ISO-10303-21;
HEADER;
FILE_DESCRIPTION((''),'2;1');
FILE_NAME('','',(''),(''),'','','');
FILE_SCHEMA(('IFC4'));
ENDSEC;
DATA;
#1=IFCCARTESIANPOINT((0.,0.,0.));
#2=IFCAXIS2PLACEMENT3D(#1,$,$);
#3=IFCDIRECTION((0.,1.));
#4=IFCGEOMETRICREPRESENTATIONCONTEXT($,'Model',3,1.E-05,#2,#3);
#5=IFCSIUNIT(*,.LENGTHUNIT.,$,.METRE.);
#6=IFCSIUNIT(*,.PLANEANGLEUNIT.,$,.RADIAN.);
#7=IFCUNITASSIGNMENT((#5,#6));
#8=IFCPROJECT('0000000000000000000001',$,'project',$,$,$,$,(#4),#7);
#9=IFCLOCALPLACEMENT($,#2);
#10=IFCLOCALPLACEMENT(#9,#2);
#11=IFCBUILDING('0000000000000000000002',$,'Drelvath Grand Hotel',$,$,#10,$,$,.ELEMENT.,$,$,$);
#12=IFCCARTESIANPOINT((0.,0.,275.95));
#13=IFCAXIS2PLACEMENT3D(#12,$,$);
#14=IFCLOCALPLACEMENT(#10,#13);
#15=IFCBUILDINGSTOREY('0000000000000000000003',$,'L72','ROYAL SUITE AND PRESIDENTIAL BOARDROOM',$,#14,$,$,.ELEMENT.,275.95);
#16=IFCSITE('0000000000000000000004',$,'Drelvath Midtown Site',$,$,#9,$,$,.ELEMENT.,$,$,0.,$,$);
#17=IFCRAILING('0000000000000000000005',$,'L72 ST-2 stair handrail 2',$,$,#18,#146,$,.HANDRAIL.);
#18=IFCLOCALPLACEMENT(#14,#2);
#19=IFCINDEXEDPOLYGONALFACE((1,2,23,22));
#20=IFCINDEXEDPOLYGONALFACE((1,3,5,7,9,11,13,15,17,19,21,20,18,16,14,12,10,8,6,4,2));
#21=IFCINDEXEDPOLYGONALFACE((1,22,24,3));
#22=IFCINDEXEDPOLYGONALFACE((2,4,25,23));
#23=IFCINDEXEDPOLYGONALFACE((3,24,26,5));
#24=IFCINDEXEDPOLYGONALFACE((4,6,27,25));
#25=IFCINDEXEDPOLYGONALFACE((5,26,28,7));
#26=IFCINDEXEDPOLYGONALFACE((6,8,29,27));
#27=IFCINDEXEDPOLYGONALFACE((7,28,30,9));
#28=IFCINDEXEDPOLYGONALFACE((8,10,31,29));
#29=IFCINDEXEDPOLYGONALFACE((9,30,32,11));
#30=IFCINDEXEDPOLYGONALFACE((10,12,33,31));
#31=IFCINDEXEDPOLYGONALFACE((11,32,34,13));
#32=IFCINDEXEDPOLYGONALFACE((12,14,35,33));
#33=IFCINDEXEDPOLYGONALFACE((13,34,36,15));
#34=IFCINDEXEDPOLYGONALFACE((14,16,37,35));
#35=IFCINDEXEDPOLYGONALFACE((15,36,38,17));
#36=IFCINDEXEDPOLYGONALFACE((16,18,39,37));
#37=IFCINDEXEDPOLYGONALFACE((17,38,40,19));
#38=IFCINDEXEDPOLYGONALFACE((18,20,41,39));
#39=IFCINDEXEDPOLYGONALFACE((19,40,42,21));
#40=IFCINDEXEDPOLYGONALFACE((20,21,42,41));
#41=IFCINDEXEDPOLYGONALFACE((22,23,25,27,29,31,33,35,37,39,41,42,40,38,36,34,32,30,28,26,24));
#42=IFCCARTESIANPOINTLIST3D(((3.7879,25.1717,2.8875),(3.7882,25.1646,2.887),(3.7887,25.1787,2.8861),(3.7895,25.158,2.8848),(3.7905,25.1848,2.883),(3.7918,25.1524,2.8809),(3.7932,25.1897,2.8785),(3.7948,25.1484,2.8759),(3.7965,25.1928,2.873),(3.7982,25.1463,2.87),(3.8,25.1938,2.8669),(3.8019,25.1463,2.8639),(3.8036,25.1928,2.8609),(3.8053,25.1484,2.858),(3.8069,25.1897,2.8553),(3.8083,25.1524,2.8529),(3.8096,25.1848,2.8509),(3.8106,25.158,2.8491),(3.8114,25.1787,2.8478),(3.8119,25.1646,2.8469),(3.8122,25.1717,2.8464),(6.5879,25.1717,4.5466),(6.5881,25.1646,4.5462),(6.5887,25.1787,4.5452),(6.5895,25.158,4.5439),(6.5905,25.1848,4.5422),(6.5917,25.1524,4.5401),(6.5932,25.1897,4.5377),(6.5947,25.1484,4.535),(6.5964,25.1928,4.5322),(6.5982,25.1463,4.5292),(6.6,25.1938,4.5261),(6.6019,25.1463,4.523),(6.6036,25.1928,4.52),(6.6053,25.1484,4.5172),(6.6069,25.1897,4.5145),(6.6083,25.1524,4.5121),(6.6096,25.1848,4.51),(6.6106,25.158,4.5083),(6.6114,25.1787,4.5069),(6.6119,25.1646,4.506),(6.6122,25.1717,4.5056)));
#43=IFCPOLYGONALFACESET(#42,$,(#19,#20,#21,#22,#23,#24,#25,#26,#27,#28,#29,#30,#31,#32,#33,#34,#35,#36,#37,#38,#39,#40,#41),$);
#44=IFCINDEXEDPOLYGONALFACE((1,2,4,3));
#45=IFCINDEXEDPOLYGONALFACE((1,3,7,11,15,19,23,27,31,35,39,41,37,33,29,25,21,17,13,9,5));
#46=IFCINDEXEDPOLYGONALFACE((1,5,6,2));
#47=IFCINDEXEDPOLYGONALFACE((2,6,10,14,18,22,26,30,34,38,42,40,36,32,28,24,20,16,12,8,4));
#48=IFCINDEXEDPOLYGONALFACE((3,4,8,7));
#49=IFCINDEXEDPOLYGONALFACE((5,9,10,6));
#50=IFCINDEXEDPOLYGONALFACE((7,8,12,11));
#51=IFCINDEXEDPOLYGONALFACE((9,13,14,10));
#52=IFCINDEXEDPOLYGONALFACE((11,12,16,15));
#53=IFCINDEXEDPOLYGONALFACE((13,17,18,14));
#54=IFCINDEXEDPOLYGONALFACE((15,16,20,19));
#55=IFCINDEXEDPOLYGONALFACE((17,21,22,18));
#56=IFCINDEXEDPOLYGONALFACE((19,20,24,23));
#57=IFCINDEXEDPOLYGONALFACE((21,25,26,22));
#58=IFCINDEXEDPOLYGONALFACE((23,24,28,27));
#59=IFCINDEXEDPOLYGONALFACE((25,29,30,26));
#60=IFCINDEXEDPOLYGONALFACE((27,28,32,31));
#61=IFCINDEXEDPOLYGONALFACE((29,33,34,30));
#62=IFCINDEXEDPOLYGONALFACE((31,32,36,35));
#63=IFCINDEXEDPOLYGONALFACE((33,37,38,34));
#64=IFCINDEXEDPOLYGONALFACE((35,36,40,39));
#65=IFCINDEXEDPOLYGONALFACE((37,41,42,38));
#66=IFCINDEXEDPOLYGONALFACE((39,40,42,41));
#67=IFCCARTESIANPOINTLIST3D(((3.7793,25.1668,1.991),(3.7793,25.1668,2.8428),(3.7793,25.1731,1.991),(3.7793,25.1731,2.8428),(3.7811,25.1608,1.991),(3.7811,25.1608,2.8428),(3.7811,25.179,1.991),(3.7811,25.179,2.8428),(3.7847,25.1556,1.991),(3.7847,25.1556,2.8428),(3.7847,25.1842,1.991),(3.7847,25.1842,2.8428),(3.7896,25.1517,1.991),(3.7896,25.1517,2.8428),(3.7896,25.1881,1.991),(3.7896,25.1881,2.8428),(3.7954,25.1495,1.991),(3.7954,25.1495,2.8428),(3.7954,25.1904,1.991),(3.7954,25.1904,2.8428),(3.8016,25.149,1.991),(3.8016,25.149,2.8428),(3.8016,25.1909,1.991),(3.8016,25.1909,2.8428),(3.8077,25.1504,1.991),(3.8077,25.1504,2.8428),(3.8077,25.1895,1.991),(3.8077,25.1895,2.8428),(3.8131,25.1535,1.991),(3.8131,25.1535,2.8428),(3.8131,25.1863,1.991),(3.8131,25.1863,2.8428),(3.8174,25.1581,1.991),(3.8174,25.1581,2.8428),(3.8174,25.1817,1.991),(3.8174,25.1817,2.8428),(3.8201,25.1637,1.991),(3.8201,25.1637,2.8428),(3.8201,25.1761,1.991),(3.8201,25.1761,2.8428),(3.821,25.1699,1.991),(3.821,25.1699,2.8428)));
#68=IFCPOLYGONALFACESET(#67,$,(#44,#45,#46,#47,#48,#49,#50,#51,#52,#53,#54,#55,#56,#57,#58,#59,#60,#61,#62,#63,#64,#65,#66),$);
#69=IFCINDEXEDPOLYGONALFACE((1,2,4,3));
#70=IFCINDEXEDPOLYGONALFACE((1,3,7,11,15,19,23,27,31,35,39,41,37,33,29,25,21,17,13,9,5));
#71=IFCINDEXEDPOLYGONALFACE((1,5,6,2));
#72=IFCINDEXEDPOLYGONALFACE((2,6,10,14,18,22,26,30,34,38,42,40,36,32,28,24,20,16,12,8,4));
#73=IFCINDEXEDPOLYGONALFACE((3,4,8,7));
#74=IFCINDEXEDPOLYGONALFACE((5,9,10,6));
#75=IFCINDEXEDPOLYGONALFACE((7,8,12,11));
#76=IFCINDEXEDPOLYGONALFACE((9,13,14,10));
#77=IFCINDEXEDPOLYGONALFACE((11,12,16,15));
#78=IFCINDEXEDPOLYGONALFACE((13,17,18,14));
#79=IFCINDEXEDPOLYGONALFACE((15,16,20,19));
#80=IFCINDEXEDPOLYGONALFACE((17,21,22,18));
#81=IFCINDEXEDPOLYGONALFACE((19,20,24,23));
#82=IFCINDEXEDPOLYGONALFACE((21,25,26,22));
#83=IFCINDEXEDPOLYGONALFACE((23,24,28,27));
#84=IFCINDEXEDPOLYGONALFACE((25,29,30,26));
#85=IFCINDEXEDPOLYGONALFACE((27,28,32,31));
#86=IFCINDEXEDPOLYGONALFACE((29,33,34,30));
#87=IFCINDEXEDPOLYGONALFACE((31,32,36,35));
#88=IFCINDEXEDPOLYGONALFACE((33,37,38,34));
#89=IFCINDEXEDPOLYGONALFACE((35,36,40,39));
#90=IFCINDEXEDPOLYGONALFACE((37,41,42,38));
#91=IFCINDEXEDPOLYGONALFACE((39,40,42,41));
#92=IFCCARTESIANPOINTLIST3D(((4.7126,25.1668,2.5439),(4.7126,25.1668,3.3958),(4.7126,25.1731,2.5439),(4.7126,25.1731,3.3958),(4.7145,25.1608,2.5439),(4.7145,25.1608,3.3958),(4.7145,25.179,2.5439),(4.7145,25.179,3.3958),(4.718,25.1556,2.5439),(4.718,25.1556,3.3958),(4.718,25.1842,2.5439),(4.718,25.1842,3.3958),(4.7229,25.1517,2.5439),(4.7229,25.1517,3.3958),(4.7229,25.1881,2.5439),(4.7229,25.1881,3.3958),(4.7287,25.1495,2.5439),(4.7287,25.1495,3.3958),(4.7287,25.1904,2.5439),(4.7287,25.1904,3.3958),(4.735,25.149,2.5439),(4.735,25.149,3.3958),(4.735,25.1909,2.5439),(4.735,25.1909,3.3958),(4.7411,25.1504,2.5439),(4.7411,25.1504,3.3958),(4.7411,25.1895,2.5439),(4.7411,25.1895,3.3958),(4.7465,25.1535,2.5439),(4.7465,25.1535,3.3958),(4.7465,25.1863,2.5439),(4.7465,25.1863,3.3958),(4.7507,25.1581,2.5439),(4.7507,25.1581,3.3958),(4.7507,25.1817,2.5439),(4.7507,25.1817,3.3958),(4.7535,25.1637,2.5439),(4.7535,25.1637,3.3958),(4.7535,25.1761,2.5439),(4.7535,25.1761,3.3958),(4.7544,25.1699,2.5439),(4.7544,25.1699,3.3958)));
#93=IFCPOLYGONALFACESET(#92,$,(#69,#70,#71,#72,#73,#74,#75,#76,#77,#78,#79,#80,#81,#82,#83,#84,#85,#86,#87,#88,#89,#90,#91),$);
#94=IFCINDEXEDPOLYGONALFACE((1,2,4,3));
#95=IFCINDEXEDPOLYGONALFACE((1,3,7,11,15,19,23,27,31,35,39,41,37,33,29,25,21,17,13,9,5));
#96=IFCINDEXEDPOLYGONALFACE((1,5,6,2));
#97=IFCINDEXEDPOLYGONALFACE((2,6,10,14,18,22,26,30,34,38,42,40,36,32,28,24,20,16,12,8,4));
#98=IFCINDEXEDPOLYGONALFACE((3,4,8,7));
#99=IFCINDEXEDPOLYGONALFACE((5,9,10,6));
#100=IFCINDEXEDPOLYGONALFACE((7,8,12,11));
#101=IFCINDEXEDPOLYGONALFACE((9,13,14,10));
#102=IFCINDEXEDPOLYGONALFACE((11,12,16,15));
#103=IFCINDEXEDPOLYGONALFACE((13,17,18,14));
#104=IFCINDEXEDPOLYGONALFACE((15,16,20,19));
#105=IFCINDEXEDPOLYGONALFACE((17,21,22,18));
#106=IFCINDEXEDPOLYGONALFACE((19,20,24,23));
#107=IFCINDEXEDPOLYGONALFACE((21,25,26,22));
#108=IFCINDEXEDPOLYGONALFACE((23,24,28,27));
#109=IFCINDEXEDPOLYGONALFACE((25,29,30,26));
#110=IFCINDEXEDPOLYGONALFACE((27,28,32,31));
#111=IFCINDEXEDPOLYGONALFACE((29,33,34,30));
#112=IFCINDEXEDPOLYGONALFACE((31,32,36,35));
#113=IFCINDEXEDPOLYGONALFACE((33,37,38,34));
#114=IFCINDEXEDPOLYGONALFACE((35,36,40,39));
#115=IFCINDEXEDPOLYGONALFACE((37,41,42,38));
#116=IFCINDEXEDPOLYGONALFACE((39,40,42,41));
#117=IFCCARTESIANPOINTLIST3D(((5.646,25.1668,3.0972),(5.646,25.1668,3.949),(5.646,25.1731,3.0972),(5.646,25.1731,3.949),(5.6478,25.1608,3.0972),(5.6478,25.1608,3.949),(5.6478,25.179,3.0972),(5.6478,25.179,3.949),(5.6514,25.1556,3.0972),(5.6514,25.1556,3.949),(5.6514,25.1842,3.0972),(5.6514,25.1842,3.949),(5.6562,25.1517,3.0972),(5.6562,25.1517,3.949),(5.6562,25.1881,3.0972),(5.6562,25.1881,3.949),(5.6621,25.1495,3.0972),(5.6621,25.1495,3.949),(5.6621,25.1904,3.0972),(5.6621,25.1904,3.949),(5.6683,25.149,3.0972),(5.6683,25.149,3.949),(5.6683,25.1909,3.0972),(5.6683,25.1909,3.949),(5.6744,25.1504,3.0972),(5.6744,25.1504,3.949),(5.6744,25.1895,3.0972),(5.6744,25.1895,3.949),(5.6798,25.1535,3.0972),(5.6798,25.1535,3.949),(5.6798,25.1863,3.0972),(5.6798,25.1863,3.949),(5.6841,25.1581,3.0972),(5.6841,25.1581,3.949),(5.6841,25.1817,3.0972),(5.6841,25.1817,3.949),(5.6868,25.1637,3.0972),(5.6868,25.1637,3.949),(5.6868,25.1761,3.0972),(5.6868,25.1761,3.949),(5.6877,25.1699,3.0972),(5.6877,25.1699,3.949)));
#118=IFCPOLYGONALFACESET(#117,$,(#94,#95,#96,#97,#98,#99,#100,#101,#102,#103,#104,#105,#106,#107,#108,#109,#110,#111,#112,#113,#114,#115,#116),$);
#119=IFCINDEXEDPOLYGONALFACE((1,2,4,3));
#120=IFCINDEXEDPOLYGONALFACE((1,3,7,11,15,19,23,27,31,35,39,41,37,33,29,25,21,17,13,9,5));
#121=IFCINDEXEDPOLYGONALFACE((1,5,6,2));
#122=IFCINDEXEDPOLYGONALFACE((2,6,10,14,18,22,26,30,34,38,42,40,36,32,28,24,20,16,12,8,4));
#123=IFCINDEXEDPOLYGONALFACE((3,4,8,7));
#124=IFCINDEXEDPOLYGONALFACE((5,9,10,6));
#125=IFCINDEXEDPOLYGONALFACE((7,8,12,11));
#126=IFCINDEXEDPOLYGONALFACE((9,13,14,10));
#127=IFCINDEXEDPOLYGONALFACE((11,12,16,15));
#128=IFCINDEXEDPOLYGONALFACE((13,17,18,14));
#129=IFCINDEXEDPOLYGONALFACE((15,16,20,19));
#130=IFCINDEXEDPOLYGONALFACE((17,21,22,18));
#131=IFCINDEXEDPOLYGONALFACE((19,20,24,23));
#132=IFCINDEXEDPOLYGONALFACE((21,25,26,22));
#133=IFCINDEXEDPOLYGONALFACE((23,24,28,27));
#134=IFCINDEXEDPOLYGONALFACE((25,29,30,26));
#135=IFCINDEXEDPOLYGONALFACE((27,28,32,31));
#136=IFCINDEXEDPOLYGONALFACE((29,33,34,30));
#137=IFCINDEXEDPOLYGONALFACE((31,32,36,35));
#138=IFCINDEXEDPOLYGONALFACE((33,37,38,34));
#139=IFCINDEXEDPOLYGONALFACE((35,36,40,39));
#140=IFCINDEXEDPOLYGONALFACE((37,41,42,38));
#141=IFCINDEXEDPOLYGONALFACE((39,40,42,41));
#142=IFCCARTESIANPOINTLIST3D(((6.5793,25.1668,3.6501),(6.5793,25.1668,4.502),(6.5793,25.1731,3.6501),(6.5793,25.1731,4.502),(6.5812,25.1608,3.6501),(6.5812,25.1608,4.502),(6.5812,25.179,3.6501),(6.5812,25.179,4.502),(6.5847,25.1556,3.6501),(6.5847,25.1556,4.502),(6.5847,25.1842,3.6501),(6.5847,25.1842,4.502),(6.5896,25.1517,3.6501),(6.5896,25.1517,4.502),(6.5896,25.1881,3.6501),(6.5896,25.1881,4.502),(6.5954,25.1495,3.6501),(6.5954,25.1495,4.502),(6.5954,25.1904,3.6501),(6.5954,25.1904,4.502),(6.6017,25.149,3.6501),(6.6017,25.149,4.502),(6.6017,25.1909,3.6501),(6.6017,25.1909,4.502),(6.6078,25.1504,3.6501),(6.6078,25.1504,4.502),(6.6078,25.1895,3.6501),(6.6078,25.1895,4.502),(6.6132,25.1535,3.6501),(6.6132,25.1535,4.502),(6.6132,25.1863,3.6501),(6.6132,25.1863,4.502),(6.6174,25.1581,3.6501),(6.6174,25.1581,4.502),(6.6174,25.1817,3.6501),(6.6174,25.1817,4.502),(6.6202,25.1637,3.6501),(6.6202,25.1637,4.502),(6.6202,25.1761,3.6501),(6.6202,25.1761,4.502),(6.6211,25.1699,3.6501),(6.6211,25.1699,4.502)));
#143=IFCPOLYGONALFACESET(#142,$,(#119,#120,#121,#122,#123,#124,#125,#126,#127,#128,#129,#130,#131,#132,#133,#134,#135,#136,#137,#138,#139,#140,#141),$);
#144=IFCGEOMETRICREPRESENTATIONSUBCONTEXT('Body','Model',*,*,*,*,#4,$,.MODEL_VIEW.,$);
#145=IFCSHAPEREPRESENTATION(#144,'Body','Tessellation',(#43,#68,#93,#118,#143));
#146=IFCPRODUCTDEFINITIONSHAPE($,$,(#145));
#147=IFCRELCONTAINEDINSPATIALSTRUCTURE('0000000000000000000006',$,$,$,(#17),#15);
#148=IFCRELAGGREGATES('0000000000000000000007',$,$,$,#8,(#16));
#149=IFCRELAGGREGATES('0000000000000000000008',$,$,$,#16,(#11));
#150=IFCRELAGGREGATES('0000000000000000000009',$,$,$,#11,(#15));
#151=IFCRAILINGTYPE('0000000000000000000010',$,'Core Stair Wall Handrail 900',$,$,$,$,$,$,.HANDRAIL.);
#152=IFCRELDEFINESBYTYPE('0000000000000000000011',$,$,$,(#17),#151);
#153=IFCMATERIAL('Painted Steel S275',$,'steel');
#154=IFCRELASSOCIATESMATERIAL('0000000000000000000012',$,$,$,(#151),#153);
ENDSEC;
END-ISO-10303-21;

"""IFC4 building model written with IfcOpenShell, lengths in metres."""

from ifc_helpers import new_model, si_unit, direction, frame, origin, origin_2d, place, context, subcontext, project, spatial, circle, extrude, material, type_object, element, save


model = new_model("IFC4")

# Units and contexts
model_context = context("Model", 3, precision=1e-05, world=origin(), true_north=direction((0.0, 1.0)))
body_context = subcontext(model_context, "Body", "Model", "MODEL_VIEW")
ifc_project = project(units=[si_unit("LENGTHUNIT", "METRE"), si_unit("PLANEANGLEUNIT", "RADIAN")], contexts=[model_context])

# Site, building, storey
site_placement = place(None, origin())
site = spatial("IfcSite", under=ifc_project, at=site_placement, Name="Drelvath Midtown Site", CompositionType="ELEMENT", RefElevation=0.0)
building_placement = place(site_placement, origin())
building = spatial("IfcBuilding", under=site, at=building_placement, Name="Drelvath Grand Hotel", CompositionType="ELEMENT")
storey_placement = place(building_placement, frame((0.0, 0.0, 275.95)))
storey = spatial("IfcBuildingStorey", under=building, at=storey_placement, Name="L72", Description="ROYAL SUITE AND PRESIDENTIAL BOARDROOM", CompositionType="ELEMENT", Elevation=275.95)

# Railing
ifc_material_1 = material(Name="Painted Steel S275", Category="steel")
railing_type_1 = type_object("IfcRailingType", Name="Core Stair Wall Handrail 900", PredefinedType="HANDRAIL", material=ifc_material_1)
railing_1_placement = place(storey_placement, frame((3.8, 25.1699, 1.991)))
element("IfcRailing", 1, at=railing_1_placement, inside=storey, type_object=railing_type_1, Name="L72 ST-2 stair handrail 2", PredefinedType="HANDRAIL", context=body_context, shape_type="SweptSolid", body=[
    extrude(circle(Radius=0.0239, at=origin_2d()), frame((0.0, 0.0, 0.876), z_axis=(0.860306, 0.0, 0.509778), x_axis=(0.0, 1.0, 0.0)), (0.0, 0.0, 1.0), 3.2546),
    extrude(circle(Radius=0.021, at=origin_2d()), origin(), (0.0, 0.0, 1.0), 0.8518),
    extrude(circle(Radius=0.021, at=origin_2d()), frame((0.9333, 0.0, 0.553)), (0.0, 0.0, 1.0), 0.8518),
    extrude(circle(Radius=0.021, at=origin_2d()), frame((1.8667, 0.0, 1.1062)), (0.0, 0.0, 1.0), 0.8518),
    extrude(circle(Radius=0.021, at=origin_2d()), frame((2.8, 0.0, 1.6592)), (0.0, 0.0, 1.0), 0.8518),
])

save(model, "model.ifc")
